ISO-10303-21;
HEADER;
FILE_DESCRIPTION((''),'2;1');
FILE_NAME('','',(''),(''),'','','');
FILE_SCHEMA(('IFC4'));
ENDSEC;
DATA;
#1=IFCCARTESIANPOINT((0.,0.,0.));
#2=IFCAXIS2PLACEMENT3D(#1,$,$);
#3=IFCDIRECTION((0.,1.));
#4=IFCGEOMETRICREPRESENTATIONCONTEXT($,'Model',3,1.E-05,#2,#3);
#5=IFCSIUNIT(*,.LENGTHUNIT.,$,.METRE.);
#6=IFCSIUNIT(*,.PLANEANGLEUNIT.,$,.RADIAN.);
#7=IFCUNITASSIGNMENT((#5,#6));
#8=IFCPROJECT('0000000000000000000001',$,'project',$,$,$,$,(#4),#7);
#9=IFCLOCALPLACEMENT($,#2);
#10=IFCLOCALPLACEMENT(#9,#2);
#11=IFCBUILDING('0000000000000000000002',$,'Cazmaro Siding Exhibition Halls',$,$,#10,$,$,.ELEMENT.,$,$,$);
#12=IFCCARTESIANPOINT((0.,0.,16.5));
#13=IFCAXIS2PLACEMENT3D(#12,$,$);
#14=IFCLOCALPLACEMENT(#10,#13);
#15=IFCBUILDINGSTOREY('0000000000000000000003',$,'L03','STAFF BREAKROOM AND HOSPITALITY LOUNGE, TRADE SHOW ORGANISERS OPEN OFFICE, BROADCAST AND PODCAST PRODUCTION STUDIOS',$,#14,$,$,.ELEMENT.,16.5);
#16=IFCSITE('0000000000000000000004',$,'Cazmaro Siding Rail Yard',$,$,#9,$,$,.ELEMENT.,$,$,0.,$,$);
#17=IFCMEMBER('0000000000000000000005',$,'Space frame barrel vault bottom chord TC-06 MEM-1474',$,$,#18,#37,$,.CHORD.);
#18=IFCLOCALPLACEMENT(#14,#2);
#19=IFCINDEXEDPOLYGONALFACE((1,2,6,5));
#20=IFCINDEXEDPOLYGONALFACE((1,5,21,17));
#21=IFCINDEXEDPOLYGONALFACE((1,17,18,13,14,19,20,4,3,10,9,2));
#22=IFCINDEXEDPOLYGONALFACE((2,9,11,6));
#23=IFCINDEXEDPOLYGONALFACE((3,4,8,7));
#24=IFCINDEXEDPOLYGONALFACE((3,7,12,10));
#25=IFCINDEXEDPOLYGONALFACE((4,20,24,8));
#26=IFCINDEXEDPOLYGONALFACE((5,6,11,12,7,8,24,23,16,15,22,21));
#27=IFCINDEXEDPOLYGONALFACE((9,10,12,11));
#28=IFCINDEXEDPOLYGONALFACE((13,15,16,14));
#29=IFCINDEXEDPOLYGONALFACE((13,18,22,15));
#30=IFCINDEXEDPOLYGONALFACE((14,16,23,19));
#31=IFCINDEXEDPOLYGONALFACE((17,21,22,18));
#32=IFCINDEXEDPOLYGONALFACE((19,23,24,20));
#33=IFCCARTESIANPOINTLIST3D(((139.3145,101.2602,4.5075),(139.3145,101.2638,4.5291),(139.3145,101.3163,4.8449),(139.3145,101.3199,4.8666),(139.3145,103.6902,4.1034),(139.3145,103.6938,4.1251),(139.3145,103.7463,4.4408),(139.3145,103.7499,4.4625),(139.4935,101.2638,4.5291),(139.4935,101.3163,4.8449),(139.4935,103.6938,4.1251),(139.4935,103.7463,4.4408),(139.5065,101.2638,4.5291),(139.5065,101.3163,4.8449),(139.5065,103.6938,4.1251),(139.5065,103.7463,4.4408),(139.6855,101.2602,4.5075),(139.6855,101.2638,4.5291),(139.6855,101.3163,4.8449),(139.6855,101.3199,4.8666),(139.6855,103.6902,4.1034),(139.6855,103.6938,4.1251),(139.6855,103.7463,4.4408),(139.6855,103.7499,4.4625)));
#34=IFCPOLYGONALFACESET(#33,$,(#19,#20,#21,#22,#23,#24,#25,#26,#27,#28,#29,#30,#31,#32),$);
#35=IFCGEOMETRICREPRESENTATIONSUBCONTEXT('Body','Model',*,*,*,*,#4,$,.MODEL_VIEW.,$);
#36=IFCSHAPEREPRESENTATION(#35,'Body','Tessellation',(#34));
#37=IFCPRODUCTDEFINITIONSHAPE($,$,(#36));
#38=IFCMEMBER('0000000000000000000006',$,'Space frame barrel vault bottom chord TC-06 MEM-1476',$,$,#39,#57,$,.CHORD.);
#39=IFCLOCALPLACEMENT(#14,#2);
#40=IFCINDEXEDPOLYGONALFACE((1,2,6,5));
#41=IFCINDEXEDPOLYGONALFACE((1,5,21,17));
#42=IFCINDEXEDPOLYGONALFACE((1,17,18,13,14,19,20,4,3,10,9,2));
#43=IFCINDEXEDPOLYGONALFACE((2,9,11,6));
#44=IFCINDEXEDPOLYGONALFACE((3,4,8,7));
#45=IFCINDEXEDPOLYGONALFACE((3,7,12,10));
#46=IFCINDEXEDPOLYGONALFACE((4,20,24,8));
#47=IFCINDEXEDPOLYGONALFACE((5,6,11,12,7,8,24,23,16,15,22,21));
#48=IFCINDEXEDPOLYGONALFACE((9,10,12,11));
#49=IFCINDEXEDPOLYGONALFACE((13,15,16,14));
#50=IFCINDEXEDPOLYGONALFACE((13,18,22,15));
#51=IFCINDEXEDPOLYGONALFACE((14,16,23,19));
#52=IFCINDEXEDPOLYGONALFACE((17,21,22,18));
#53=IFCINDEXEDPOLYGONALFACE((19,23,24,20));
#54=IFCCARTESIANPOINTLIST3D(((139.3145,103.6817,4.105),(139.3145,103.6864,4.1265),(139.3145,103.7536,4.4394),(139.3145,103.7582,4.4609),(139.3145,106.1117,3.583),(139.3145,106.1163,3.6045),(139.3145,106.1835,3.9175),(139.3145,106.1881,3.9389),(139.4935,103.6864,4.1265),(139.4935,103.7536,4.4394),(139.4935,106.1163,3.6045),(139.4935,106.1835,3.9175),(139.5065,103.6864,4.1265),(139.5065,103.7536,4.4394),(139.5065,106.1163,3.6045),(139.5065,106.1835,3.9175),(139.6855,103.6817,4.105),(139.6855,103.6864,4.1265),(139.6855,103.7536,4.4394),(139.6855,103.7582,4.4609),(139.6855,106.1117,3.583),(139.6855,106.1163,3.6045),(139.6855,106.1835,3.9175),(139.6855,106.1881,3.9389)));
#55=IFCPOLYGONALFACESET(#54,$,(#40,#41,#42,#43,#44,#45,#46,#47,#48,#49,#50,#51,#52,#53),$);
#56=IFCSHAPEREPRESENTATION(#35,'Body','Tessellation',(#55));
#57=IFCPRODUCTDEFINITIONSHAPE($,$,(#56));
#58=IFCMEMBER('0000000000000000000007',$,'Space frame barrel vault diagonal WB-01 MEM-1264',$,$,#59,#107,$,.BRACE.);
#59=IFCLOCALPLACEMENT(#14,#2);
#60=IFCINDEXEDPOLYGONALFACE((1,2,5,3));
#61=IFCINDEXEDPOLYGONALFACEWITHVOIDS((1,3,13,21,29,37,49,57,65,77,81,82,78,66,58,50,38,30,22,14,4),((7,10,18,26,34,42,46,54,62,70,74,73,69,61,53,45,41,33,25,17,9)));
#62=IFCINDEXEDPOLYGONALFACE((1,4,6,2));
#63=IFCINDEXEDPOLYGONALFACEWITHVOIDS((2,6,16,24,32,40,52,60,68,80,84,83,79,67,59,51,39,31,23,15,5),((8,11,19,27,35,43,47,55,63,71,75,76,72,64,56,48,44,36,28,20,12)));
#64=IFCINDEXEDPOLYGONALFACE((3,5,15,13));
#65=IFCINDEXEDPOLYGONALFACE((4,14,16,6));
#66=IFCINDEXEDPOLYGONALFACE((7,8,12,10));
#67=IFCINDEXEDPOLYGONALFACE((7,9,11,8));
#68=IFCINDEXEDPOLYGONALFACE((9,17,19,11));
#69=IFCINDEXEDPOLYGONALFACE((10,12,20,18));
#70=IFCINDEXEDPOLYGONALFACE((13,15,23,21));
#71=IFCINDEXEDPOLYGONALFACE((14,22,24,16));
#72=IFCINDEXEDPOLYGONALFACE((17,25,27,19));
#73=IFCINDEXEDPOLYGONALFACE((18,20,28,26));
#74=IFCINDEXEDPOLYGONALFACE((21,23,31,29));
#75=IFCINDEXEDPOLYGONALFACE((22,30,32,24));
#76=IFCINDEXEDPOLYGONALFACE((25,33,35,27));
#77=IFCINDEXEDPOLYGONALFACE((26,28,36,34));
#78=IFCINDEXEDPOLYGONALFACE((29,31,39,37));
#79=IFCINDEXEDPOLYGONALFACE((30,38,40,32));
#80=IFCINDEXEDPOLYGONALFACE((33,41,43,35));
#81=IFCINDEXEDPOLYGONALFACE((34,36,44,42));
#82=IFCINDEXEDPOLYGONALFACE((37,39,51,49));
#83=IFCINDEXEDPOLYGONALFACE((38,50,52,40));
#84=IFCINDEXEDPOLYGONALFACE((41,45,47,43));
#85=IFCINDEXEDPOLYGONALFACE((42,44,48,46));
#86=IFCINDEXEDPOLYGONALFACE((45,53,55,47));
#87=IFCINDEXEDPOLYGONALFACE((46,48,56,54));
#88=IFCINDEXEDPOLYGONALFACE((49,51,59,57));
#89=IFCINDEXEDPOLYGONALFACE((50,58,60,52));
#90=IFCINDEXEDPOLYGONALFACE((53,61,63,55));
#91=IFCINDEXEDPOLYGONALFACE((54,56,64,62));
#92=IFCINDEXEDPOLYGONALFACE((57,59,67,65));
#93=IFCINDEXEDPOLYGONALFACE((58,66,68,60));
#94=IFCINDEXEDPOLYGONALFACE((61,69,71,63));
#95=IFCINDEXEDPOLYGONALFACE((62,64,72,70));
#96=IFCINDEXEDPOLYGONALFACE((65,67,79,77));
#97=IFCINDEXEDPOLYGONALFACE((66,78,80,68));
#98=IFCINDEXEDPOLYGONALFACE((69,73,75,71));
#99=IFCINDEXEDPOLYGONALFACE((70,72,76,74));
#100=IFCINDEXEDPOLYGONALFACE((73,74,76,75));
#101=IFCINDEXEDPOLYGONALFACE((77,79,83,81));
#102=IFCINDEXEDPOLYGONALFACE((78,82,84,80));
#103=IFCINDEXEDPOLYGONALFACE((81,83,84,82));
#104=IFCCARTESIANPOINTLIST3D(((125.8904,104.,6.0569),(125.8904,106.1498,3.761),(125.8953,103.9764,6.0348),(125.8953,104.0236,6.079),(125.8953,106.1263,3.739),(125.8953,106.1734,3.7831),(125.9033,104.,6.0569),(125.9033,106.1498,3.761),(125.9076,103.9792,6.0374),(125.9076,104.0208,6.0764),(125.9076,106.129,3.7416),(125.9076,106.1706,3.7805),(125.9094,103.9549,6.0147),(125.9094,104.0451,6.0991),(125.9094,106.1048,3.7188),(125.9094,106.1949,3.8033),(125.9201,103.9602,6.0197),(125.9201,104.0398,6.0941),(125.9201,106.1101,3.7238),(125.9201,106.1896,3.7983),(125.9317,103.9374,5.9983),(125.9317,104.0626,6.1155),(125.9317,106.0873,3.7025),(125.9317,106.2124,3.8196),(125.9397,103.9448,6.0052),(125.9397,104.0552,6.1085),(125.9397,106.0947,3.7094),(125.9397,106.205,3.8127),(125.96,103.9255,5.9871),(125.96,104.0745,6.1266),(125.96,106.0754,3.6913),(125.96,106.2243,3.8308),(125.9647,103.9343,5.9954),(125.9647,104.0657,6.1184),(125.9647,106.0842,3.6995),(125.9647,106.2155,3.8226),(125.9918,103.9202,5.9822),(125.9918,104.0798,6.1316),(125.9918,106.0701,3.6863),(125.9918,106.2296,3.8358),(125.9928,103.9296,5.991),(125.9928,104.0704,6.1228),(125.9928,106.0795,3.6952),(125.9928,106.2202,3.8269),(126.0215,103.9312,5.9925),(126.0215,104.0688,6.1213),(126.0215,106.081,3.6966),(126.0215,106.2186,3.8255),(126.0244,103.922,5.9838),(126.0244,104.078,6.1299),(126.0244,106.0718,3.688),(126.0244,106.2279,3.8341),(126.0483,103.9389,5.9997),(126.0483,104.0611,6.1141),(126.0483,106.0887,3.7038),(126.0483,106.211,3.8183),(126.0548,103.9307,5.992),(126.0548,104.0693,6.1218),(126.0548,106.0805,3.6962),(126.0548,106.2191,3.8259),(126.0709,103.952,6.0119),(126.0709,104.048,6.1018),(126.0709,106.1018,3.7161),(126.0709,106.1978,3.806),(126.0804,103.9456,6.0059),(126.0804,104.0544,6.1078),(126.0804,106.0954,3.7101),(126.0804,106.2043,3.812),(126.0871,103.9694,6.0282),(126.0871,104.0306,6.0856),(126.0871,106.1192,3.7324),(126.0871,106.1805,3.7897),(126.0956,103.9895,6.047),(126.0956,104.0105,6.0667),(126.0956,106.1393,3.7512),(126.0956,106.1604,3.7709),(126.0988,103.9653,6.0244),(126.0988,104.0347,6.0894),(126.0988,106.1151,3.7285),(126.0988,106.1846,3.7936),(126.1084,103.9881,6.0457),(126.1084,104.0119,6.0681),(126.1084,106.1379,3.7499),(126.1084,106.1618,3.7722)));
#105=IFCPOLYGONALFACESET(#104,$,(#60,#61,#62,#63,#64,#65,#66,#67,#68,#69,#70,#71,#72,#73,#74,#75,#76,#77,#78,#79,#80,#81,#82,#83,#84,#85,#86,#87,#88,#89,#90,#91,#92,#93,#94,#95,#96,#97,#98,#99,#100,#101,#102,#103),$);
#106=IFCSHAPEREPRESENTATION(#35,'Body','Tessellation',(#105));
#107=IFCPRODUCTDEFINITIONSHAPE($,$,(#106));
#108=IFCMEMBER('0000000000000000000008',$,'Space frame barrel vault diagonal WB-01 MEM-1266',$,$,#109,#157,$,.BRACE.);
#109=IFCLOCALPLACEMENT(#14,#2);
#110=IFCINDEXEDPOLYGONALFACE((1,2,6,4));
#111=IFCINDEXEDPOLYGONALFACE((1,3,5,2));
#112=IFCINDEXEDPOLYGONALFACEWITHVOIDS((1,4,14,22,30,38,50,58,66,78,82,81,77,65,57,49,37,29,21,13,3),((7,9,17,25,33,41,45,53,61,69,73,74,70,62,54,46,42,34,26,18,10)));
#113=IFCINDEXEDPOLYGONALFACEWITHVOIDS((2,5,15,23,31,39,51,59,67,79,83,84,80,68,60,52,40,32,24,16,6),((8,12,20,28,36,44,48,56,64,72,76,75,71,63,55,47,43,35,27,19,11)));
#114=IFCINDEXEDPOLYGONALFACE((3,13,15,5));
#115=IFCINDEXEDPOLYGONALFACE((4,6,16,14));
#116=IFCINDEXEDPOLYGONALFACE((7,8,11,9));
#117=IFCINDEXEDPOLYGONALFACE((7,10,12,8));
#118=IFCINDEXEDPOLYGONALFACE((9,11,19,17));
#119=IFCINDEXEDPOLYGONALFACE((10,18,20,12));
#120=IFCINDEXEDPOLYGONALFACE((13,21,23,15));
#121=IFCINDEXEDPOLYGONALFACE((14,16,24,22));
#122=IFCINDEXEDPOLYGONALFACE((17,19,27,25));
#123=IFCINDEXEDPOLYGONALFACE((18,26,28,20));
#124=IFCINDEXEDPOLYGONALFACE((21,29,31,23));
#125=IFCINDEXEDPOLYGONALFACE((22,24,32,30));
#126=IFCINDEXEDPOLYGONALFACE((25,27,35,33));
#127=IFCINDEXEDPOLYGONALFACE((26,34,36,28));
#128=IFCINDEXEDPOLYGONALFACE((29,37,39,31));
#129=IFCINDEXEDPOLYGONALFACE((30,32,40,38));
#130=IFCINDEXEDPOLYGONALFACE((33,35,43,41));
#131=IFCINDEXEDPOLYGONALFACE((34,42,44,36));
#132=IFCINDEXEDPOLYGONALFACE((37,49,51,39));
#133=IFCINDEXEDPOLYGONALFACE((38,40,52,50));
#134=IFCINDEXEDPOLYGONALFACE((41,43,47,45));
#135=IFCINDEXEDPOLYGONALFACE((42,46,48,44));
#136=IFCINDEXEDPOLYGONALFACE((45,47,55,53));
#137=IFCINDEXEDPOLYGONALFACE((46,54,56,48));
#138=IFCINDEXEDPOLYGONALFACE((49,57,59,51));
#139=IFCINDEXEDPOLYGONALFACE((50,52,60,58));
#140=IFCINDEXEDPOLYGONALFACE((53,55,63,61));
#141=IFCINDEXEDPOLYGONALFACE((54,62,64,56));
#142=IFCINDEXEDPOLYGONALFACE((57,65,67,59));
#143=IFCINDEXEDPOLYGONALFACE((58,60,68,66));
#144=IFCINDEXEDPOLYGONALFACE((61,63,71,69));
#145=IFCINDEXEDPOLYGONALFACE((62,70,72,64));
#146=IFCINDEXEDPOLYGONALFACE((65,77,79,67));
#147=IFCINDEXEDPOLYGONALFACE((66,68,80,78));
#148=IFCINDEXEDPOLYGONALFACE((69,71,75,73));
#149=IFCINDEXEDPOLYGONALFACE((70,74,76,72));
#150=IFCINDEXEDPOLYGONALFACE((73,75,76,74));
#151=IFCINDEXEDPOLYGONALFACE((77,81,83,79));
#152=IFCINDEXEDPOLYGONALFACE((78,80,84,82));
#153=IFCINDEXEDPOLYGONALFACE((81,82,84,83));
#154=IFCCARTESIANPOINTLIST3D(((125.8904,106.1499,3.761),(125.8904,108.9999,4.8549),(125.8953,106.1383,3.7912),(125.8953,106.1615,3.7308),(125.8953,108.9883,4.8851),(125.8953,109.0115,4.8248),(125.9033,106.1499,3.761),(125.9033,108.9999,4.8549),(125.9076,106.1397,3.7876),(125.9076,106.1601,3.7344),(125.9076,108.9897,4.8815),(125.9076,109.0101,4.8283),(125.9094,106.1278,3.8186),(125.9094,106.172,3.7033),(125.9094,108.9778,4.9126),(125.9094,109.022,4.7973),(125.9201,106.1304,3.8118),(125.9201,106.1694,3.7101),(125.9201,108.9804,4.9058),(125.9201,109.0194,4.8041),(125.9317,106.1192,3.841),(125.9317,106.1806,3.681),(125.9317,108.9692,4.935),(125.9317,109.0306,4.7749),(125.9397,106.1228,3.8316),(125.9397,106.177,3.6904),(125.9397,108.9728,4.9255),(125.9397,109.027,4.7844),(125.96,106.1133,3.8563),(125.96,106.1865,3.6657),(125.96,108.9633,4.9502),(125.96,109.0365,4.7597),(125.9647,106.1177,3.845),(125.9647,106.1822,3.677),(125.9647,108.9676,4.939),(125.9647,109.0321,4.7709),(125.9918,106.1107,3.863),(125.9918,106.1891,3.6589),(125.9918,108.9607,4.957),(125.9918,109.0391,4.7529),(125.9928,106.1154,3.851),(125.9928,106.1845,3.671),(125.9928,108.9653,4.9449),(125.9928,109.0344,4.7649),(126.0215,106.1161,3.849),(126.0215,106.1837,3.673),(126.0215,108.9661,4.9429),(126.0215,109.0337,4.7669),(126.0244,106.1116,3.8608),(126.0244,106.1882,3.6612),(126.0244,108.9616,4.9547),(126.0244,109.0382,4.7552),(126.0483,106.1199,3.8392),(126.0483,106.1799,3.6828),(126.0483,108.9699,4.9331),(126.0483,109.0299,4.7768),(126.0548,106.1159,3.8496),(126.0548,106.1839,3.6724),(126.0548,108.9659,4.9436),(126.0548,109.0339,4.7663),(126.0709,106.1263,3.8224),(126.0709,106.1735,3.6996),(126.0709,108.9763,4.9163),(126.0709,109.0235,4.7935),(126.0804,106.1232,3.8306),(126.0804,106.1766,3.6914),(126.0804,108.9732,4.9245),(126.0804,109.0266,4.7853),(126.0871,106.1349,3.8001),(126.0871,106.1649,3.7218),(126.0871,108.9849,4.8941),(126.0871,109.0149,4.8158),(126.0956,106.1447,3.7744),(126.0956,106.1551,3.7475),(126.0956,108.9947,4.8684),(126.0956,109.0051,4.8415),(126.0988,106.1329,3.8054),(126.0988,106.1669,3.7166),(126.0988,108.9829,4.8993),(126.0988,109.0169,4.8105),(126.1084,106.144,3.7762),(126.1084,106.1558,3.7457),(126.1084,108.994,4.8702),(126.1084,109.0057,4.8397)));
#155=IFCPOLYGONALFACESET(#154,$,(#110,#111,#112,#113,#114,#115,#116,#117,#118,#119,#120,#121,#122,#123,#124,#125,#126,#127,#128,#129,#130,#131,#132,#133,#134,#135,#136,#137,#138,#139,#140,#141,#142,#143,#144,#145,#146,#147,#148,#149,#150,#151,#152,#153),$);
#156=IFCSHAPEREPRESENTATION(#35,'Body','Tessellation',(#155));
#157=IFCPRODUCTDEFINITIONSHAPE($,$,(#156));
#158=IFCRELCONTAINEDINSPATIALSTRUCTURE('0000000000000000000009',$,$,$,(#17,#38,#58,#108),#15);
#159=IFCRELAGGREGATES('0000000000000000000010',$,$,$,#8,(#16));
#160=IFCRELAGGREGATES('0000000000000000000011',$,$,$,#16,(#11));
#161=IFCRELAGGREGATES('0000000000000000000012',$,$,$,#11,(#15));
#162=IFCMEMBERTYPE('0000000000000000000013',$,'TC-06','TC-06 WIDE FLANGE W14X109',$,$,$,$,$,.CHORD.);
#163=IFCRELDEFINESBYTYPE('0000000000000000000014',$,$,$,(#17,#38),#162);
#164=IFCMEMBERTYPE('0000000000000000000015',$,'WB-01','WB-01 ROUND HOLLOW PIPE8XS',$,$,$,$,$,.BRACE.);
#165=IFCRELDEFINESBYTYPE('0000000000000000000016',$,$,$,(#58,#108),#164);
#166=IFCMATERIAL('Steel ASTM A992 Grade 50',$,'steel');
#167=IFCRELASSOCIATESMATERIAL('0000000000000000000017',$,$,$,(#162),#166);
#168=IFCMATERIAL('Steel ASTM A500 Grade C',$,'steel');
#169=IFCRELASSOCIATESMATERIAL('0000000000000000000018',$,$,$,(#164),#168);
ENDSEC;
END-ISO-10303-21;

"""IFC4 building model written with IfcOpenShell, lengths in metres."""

from ifc_helpers import new_model, si_unit, direction, frame, origin, origin_2d, place, context, subcontext, project, spatial, hollow_circle, i_section, extrude, material, material_profile, profile_set, type_object, element, save


model = new_model("IFC4")

# Units and contexts
model_context = context("Model", 3, precision=1e-05, world=origin(), true_north=direction((0.0, 1.0)))
body_context = subcontext(model_context, "Body", "Model", "MODEL_VIEW")
ifc_project = project(units=[si_unit("LENGTHUNIT", "METRE"), si_unit("PLANEANGLEUNIT", "RADIAN")], contexts=[model_context])

# Site, building, storey
site_placement = place(None, origin())
site = spatial("IfcSite", under=ifc_project, at=site_placement, Name="Cazmaro Siding Rail Yard", CompositionType="ELEMENT", RefElevation=0.0)
building_placement = place(site_placement, origin())
building = spatial("IfcBuilding", under=site, at=building_placement, Name="Cazmaro Siding Exhibition Halls", CompositionType="ELEMENT")
storey_placement = place(building_placement, frame((0.0, 0.0, 16.5)))
storey = spatial("IfcBuildingStorey", under=building, at=storey_placement, Name="L03", Description="STAFF BREAKROOM AND HOSPITALITY LOUNGE, TRADE SHOW ORGANISERS OPEN OFFICE, BROADCAST AND PODCAST PRODUCTION STUDIOS", CompositionType="ELEMENT", Elevation=16.5)

# Members
ifc_material_1 = material(Name="Steel ASTM A992 Grade 50", Category="steel")
ifc_material_profile_1 = material_profile(ifc_material_1, i_section(OverallWidth=0.3711, OverallDepth=0.364, WebThickness=0.0129, FlangeThickness=0.022, at=origin_2d()), Name="W14X109")
ifc_profile_set_1 = profile_set([ifc_material_profile_1], Name="Steel ASTM A992 Grade 50")
member_type_1 = type_object("IfcMemberType", Name="TC-06", Description="TC-06 WIDE FLANGE W14X109", PredefinedType="CHORD", material=ifc_profile_set_1)
for number, where, z_axis, x_axis, name in (
    (1, (139.5, 101.29, 4.687), (0.0, 0.986455, -0.164029), (-1.0, 0.0, 0.0), "Space frame barrel vault bottom chord TC-06 MEM-1474"),
):
    element("IfcMember", number, at=place(storey_placement, frame(where, z_axis=z_axis, x_axis=x_axis)), inside=storey, type_object=member_type_1, Name=name, PredefinedType="CHORD", context=body_context, shape_type="SweptSolid", body=[
        extrude(i_section(OverallWidth=0.3711, OverallDepth=0.364, WebThickness=0.0129, FlangeThickness=0.022, at=origin_2d()), origin(), (0.0, 0.0, 1.0), 2.4634),
    ])
member_1_placement = place(storey_placement, frame((139.5, 103.72, 4.283), z_axis=(0.0, 0.977697, -0.210019), x_axis=(-1.0, 0.0, 0.0)))
element("IfcMember", 2, at=member_1_placement, inside=storey, type_object=member_type_1, Name="Space frame barrel vault bottom chord TC-06 MEM-1476", PredefinedType="CHORD", context=body_context, shape_type="SweptSolid", body=[
    extrude(i_section(OverallWidth=0.3711, OverallDepth=0.364, WebThickness=0.0129, FlangeThickness=0.022, at=origin_2d()), origin(), (0.0, 0.0, 1.0), 2.4854),
])
ifc_material_2 = material(Name="Steel ASTM A500 Grade C", Category="steel")
ifc_material_profile_2 = material_profile(ifc_material_2, hollow_circle(Radius=0.1096, WallThickness=0.0129, at=origin_2d()), Name="PIPE8XS")
ifc_profile_set_2 = profile_set([ifc_material_profile_2], Name="Steel ASTM A500 Grade C")
member_type_2 = type_object("IfcMemberType", Name="WB-01", Description="WB-01 ROUND HOLLOW PIPE8XS", PredefinedType="BRACE", material=ifc_profile_set_2)
member_2_placement = place(storey_placement, frame((126.0, 104.0, 6.0569), z_axis=(0.0, 0.683518, -0.729934), x_axis=(-1.0, 0.0, 0.0)))
element("IfcMember", 3, at=member_2_placement, inside=storey, type_object=member_type_2, Name="Space frame barrel vault diagonal WB-01 MEM-1264", PredefinedType="BRACE", context=body_context, shape_type="SweptSolid", body=[
    extrude(hollow_circle(Radius=0.1096, WallThickness=0.0129, at=origin_2d()), origin(), (0.0, 0.0, 1.0), 3.1453),
])
member_3_placement = place(storey_placement, frame((126.0, 106.1499, 3.761), z_axis=(0.0, 0.933587, 0.358352), x_axis=(-1.0, 0.0, 0.0)))
element("IfcMember", 4, at=member_3_placement, inside=storey, type_object=member_type_2, Name="Space frame barrel vault diagonal WB-01 MEM-1266", PredefinedType="BRACE", context=body_context, shape_type="SweptSolid", body=[
    extrude(hollow_circle(Radius=0.1096, WallThickness=0.0129, at=origin_2d()), origin(), (0.0, 0.0, 1.0), 3.0527),
])

save(model, "model.ifc")
